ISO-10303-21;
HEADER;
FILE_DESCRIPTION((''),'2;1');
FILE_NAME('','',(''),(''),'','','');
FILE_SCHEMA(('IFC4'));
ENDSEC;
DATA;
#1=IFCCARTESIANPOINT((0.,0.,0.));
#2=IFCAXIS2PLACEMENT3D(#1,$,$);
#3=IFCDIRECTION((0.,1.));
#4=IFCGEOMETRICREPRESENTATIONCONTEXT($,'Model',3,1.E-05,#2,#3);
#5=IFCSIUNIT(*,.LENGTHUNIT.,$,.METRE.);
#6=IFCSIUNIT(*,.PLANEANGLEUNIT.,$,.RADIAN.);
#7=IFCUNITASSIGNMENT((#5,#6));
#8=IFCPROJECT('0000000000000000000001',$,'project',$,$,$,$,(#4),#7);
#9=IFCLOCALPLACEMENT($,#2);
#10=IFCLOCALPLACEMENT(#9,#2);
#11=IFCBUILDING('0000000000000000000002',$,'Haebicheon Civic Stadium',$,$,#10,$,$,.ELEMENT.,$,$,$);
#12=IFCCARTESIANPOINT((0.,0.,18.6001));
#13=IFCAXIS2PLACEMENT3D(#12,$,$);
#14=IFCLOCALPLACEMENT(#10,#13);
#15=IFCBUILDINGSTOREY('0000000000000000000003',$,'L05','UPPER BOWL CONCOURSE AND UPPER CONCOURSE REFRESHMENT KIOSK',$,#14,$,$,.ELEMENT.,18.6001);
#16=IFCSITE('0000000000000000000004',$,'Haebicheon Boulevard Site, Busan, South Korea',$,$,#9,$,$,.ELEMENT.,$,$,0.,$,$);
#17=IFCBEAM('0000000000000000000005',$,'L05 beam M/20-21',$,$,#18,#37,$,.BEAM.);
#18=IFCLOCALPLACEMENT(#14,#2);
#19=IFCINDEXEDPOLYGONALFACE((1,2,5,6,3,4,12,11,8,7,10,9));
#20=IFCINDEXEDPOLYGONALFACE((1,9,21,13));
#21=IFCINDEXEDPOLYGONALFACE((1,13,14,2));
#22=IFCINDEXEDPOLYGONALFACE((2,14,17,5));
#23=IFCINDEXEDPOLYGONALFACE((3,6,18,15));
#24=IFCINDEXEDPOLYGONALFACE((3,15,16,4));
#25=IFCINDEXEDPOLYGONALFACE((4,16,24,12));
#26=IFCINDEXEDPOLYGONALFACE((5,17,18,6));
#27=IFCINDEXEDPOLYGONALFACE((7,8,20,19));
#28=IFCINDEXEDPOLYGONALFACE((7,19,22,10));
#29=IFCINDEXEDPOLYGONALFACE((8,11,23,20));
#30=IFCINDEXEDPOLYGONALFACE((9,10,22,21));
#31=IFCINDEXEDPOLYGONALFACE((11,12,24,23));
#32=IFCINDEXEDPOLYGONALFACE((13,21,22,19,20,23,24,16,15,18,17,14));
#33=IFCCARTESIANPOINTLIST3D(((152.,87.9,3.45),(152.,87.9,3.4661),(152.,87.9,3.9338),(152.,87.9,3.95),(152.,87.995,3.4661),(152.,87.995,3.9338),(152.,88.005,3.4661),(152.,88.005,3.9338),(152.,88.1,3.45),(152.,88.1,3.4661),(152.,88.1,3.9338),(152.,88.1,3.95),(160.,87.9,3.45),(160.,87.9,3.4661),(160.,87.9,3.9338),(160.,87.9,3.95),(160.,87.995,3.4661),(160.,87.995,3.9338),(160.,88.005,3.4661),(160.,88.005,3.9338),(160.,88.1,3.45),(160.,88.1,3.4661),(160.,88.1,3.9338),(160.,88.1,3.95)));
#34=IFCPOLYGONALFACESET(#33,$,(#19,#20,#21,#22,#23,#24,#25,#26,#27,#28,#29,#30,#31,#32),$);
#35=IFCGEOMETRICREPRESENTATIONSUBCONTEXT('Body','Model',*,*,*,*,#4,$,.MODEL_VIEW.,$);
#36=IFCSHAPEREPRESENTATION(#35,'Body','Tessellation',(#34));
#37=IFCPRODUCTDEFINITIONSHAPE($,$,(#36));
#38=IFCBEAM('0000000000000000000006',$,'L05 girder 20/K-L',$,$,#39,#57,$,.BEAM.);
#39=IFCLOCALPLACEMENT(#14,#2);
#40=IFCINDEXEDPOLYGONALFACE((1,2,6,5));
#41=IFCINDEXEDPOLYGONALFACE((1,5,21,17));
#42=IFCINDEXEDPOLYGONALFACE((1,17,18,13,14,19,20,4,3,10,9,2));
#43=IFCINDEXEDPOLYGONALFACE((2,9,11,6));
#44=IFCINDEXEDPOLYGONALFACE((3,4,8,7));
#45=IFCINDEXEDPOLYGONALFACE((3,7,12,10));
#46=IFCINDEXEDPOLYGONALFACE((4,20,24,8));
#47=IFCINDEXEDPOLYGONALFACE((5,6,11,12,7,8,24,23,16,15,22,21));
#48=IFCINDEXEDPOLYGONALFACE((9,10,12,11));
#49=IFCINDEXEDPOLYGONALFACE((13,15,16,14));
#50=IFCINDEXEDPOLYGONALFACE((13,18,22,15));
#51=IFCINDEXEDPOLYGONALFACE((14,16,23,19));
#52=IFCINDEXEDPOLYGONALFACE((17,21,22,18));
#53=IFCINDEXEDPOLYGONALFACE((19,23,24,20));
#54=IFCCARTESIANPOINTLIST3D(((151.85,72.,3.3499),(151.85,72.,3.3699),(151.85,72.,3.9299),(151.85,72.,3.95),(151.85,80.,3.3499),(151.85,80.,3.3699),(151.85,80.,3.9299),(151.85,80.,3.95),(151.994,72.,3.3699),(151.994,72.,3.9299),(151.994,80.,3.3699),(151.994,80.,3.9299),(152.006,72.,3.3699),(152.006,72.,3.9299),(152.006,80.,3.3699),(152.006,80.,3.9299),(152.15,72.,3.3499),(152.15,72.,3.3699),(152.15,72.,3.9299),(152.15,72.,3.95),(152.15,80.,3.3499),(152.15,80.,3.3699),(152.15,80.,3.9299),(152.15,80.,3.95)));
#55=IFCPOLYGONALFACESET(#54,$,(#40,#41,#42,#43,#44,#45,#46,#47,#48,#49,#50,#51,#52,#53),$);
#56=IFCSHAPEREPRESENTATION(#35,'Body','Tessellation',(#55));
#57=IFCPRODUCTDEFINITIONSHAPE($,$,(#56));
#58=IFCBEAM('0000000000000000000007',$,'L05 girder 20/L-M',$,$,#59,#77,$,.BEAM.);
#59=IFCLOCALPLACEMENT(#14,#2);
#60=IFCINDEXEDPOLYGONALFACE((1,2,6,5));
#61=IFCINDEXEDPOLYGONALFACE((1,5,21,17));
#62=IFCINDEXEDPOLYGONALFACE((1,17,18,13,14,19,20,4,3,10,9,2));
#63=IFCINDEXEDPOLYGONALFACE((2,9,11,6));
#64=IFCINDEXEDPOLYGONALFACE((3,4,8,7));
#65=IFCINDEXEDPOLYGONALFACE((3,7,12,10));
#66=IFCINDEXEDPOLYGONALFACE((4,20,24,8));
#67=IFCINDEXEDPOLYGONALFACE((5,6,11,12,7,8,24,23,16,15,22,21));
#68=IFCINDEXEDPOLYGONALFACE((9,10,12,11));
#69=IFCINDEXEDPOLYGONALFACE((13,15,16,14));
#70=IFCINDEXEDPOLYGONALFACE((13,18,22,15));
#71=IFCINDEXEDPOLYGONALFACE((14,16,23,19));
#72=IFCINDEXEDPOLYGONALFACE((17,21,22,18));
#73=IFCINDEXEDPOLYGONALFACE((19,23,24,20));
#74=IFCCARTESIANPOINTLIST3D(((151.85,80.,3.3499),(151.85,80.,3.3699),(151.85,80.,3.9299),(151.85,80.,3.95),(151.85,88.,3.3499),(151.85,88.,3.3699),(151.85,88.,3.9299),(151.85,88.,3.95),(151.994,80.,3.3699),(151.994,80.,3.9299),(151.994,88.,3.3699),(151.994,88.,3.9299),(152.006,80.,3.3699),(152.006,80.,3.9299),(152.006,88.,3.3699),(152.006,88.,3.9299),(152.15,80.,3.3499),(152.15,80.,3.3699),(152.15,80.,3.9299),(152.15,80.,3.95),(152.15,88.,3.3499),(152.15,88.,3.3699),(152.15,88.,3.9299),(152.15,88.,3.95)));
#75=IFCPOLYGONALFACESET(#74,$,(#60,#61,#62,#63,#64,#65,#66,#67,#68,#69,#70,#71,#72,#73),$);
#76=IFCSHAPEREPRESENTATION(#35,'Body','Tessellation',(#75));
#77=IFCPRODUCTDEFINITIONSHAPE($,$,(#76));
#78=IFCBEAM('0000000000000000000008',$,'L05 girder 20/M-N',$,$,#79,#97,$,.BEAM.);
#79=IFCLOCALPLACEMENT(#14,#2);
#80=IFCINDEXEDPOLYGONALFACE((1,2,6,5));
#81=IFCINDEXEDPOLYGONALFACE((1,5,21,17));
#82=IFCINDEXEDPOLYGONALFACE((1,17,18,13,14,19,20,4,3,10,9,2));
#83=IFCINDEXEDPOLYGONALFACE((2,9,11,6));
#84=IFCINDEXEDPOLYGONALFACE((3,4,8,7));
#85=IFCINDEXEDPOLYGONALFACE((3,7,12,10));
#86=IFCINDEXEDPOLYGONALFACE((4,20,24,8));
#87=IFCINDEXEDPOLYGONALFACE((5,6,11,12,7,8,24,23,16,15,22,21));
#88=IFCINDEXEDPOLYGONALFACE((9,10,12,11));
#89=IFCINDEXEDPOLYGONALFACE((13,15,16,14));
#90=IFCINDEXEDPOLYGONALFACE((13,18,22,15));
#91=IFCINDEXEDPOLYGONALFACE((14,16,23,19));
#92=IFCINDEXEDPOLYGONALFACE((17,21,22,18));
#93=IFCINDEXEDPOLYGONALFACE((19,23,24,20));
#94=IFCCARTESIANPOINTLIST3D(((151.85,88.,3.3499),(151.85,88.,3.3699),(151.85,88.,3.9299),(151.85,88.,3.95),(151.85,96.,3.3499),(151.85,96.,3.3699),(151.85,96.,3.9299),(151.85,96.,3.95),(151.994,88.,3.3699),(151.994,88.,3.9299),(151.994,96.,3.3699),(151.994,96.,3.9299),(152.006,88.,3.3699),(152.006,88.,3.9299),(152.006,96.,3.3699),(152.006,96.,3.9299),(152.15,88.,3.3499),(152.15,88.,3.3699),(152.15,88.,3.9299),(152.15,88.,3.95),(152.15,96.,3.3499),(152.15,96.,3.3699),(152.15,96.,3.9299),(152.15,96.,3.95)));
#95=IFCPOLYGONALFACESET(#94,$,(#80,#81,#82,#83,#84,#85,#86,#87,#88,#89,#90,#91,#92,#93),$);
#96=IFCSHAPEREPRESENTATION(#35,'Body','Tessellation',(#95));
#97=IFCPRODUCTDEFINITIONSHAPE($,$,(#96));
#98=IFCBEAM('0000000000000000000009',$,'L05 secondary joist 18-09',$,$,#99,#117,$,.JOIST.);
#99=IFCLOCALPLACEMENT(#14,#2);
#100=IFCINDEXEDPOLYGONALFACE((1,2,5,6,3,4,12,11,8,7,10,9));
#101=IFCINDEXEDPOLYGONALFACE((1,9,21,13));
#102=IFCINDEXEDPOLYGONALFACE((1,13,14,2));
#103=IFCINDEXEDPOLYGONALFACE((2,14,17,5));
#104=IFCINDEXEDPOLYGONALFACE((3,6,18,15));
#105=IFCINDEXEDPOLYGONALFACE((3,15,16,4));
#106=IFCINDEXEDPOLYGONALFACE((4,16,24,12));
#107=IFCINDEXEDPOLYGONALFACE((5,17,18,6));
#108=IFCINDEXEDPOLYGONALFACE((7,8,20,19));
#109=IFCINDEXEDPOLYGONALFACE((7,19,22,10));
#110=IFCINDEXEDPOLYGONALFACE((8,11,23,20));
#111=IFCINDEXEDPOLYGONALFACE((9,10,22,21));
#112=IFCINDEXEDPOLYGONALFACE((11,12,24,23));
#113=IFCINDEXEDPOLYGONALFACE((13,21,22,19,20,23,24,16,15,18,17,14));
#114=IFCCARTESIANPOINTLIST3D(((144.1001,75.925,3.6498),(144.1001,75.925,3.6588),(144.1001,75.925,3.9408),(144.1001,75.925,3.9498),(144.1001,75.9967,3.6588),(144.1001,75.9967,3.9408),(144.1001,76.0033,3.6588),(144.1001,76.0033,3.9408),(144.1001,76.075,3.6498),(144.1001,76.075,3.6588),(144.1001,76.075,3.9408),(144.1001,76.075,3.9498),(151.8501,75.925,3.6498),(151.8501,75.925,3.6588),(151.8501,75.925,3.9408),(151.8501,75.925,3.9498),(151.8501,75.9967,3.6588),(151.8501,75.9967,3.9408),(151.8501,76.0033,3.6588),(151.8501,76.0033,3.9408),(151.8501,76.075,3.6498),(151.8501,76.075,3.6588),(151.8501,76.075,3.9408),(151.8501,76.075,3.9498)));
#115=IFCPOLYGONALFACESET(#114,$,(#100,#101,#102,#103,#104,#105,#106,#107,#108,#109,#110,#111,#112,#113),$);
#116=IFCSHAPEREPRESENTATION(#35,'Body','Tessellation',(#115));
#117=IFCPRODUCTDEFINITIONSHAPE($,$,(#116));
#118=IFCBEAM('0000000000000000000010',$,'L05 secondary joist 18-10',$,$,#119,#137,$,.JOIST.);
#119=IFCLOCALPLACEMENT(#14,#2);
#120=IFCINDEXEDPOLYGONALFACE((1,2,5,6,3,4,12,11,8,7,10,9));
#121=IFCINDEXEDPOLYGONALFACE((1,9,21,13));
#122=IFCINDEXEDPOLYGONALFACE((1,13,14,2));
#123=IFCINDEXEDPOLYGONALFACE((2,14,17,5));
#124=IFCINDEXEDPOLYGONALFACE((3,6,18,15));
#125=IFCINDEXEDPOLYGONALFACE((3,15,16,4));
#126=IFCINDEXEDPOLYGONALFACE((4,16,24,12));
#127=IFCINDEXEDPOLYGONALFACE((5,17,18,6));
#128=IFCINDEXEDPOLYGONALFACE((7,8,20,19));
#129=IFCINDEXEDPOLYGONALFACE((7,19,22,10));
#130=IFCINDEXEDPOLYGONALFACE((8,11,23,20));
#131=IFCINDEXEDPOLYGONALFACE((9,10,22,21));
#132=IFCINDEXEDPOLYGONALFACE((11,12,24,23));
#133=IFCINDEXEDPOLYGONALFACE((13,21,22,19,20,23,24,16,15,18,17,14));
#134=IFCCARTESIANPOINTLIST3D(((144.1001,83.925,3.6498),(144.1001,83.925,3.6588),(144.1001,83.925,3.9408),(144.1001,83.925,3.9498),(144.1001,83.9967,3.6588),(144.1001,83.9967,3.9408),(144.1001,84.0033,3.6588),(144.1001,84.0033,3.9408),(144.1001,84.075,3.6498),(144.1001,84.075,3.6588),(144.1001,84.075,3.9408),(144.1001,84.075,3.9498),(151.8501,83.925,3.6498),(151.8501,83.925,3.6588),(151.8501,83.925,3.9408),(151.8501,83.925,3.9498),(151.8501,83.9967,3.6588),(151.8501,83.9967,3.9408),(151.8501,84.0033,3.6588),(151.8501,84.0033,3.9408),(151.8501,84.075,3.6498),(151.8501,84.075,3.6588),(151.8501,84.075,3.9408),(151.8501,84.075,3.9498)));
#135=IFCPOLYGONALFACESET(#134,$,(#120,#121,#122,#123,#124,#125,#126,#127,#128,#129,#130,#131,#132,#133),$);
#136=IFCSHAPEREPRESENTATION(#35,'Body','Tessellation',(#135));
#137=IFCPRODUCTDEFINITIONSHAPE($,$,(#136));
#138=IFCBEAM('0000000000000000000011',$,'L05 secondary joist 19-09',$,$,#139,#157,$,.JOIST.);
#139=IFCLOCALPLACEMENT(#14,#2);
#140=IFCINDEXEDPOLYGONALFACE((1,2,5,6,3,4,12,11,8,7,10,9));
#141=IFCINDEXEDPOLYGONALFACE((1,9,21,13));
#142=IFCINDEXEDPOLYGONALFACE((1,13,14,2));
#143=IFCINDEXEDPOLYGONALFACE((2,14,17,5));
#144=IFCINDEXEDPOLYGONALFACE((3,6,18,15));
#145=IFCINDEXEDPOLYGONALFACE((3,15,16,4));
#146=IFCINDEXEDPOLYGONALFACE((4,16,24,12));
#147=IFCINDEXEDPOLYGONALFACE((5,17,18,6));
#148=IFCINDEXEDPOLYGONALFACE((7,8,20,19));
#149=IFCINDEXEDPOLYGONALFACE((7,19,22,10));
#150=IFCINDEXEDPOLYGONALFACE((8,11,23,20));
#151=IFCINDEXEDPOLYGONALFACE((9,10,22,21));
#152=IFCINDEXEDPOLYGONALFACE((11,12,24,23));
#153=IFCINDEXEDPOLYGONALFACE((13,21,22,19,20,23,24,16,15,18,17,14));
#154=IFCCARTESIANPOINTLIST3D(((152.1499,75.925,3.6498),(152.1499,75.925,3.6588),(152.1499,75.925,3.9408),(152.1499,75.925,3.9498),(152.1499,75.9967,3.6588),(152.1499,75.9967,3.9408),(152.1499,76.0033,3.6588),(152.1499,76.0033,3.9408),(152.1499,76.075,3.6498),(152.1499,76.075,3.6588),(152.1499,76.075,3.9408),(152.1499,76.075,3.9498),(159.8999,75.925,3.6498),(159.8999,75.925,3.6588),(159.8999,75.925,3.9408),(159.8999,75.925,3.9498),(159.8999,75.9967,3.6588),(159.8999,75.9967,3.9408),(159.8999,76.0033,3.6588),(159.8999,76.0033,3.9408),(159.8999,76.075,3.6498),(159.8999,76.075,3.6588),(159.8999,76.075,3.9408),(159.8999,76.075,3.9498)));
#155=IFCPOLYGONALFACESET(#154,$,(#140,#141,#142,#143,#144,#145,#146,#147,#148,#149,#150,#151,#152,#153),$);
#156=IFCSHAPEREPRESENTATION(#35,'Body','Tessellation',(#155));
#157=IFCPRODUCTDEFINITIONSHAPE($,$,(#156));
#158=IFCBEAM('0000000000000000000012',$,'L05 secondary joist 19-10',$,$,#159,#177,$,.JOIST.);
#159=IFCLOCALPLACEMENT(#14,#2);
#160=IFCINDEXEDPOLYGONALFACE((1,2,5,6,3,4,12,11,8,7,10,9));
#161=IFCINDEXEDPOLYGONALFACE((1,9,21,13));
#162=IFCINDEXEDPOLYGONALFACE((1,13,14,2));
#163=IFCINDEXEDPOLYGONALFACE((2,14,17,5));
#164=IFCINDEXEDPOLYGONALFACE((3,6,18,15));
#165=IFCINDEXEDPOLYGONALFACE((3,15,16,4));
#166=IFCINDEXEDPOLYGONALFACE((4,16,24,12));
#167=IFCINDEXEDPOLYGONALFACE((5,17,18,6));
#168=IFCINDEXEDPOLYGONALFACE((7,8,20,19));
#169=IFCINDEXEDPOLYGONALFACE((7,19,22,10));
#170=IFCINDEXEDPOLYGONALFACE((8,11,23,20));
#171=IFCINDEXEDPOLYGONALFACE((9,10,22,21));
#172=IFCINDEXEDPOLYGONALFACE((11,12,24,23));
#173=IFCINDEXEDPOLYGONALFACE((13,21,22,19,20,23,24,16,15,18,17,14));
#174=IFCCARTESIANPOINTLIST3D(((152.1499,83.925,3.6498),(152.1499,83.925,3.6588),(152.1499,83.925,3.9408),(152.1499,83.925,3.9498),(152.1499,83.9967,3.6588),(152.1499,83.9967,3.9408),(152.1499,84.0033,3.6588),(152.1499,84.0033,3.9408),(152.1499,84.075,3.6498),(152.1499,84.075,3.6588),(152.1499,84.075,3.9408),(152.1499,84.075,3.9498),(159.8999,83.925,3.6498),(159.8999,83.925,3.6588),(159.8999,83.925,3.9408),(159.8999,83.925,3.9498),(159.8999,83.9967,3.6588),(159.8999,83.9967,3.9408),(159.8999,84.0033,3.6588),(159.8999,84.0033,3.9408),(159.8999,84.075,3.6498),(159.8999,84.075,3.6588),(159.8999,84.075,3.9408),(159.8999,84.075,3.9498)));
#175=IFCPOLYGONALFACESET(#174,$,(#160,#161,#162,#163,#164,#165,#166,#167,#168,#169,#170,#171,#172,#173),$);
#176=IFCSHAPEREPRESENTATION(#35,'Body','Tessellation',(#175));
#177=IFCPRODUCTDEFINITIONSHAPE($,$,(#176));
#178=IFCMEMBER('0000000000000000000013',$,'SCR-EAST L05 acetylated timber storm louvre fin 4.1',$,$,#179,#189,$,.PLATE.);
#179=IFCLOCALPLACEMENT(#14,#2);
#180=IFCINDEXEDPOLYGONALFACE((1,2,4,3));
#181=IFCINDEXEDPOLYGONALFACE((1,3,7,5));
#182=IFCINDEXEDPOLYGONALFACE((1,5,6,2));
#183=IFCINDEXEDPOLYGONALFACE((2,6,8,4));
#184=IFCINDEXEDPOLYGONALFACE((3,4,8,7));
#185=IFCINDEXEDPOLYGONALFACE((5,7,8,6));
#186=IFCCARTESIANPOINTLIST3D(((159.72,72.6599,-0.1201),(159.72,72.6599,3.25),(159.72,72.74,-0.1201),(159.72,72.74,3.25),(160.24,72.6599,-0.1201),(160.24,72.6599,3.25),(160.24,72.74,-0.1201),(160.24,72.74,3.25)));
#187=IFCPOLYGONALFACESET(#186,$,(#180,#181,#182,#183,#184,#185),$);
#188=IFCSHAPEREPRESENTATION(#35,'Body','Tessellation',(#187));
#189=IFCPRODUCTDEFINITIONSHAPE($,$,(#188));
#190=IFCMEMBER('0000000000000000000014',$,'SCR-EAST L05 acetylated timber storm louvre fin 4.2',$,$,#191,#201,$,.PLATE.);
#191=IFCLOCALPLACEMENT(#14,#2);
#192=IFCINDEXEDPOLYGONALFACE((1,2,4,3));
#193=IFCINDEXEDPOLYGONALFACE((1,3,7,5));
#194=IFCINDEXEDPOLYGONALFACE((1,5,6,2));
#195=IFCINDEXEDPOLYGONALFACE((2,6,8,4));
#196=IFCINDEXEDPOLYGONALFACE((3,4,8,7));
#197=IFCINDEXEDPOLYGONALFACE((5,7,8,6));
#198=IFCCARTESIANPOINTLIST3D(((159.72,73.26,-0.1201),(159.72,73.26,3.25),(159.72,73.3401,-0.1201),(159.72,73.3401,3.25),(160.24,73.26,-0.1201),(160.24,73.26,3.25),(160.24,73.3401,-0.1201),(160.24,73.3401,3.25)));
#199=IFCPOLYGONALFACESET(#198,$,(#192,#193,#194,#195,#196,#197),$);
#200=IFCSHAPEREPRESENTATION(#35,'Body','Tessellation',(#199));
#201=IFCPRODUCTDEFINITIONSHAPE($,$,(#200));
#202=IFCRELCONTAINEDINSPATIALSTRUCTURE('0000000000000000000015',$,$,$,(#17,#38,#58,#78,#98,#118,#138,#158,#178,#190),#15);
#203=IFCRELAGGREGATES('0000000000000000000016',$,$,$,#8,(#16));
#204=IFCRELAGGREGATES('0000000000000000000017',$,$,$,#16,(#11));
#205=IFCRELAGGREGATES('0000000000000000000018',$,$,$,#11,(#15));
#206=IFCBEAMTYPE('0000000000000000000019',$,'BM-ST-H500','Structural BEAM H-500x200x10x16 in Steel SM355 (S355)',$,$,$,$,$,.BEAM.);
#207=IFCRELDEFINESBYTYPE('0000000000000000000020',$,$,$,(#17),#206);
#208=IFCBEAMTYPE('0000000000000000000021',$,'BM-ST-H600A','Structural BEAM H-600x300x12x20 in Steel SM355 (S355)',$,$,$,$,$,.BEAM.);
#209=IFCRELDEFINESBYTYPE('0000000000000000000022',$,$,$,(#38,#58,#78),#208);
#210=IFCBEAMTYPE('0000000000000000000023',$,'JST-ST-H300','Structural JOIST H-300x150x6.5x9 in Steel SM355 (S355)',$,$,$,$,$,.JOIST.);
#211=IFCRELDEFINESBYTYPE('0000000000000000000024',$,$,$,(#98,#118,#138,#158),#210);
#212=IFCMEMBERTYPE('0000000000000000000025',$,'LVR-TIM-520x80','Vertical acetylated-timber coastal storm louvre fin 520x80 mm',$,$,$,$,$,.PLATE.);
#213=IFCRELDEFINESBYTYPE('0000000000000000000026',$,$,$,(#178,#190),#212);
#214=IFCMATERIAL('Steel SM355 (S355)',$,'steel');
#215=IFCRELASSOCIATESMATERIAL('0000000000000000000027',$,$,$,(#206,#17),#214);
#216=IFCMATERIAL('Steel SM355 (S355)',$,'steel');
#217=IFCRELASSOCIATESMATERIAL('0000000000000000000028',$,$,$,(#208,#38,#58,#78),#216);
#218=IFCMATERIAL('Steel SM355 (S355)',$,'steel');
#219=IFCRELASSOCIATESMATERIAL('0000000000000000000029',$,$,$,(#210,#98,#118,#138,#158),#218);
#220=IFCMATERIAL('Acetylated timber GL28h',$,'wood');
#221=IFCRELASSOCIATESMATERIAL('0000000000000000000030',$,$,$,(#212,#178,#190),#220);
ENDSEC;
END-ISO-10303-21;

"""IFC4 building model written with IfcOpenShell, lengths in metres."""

from ifc_helpers import new_model, si_unit, direction, frame, origin, origin_2d, place, context, subcontext, project, spatial, rectangle, i_section, extrude, material, material_profile, profile_set, type_object, element, save


model = new_model("IFC4")

# Units and contexts
model_context = context("Model", 3, precision=1e-05, world=origin(), true_north=direction((0.0, 1.0)))
body_context = subcontext(model_context, "Body", "Model", "MODEL_VIEW")
ifc_project = project(units=[si_unit("LENGTHUNIT", "METRE"), si_unit("PLANEANGLEUNIT", "RADIAN")], contexts=[model_context])

# Site, building, storey
site_placement = place(None, origin())
site = spatial("IfcSite", under=ifc_project, at=site_placement, Name="Haebicheon Boulevard Site, Busan, South Korea", CompositionType="ELEMENT", RefElevation=0.0)
building_placement = place(site_placement, origin())
building = spatial("IfcBuilding", under=site, at=building_placement, Name="Haebicheon Civic Stadium", CompositionType="ELEMENT")
storey_placement = place(building_placement, frame((0.0, 0.0, 18.6001)))
storey = spatial("IfcBuildingStorey", under=building, at=storey_placement, Name="L05", Description="UPPER BOWL CONCOURSE AND UPPER CONCOURSE REFRESHMENT KIOSK", CompositionType="ELEMENT", Elevation=18.6001)

# Beams
ifc_material_1 = material(Name="Steel SM355 (S355)", Category="steel")
ifc_material_profile_1 = material_profile(ifc_material_1, i_section(OverallWidth=0.2, OverallDepth=0.5, WebThickness=0.01, FlangeThickness=0.0161, at=origin_2d()), Name="H-500x200x10x16")
ifc_profile_set_1 = profile_set([ifc_material_profile_1], Name="Steel SM355 (S355)")
beam_type_1 = type_object("IfcBeamType", Name="BM-ST-H500", Description="Structural BEAM H-500x200x10x16 in Steel SM355 (S355)", PredefinedType="BEAM", material=ifc_profile_set_1)
for number, where, z_axis, x_axis, name in (
    (1, (152.0, 88.0, 3.7), (1.0, 0.0, 0.0), (0.0, 1.0, 0.0), "L05 beam M/20-21"),
):
    element("IfcBeam", number, at=place(storey_placement, frame(where, z_axis=z_axis, x_axis=x_axis)), inside=storey, type_object=beam_type_1, material=ifc_profile_set_1, Name=name, PredefinedType="BEAM", context=body_context, shape_type="SweptSolid", body=[
        extrude(i_section(OverallWidth=0.2, OverallDepth=0.5, WebThickness=0.01, FlangeThickness=0.0161, at=origin_2d()), origin(), (0.0, 0.0, 1.0), 8.0),
    ])
ifc_material_2 = material(Name="Steel SM355 (S355)", Category="steel")
ifc_material_profile_2 = material_profile(ifc_material_2, i_section(OverallWidth=0.3, OverallDepth=0.6001, WebThickness=0.012, FlangeThickness=0.02, at=origin_2d()), Name="H-600x300x12x20")
ifc_profile_set_2 = profile_set([ifc_material_profile_2], Name="Steel SM355 (S355)")
beam_type_2 = type_object("IfcBeamType", Name="BM-ST-H600A", Description="Structural BEAM H-600x300x12x20 in Steel SM355 (S355)", PredefinedType="BEAM", material=ifc_profile_set_2)
for number, where, z_axis, x_axis, name in (
    (2, (152.0, 72.0, 3.6499), (0.0, 1.0, 0.0), (-1.0, 0.0, 0.0), "L05 girder 20/K-L"),
    (3, (152.0, 80.0, 3.6499), (0.0, 1.0, 0.0), (-1.0, 0.0, 0.0), "L05 girder 20/L-M"),
    (4, (152.0, 88.0, 3.6499), (0.0, 1.0, 0.0), (-1.0, 0.0, 0.0), "L05 girder 20/M-N"),
):
    element("IfcBeam", number, at=place(storey_placement, frame(where, z_axis=z_axis, x_axis=x_axis)), inside=storey, type_object=beam_type_2, material=ifc_profile_set_2, Name=name, PredefinedType="BEAM", context=body_context, shape_type="SweptSolid", body=[
        extrude(i_section(OverallWidth=0.3, OverallDepth=0.6001, WebThickness=0.012, FlangeThickness=0.02, at=origin_2d()), origin(), (0.0, 0.0, 1.0), 8.0),
    ])
ifc_material_3 = material(Name="Steel SM355 (S355)", Category="steel")
ifc_material_profile_3 = material_profile(ifc_material_3, i_section(OverallWidth=0.1499, OverallDepth=0.3, WebThickness=0.0066, FlangeThickness=0.009, at=origin_2d()), Name="H-300x150x6.5x9")
ifc_profile_set_3 = profile_set([ifc_material_profile_3], Name="Steel SM355 (S355)")
beam_type_3 = type_object("IfcBeamType", Name="JST-ST-H300", Description="Structural JOIST H-300x150x6.5x9 in Steel SM355 (S355)", PredefinedType="JOIST", material=ifc_profile_set_3)
for number, where, z_axis, x_axis, name in (
    (5, (144.1001, 76.0, 3.7998), (1.0, 0.0, 0.0), (0.0, 1.0, 0.0), "L05 secondary joist 18-09"),
    (6, (144.1001, 84.0, 3.7998), (1.0, 0.0, 0.0), (0.0, 1.0, 0.0), "L05 secondary joist 18-10"),
    (7, (152.1499, 76.0, 3.7998), (1.0, 0.0, 0.0), (0.0, 1.0, 0.0), "L05 secondary joist 19-09"),
    (8, (152.1499, 84.0, 3.7998), (1.0, 0.0, 0.0), (0.0, 1.0, 0.0), "L05 secondary joist 19-10"),
):
    element("IfcBeam", number, at=place(storey_placement, frame(where, z_axis=z_axis, x_axis=x_axis)), inside=storey, type_object=beam_type_3, material=ifc_profile_set_3, Name=name, PredefinedType="JOIST", context=body_context, shape_type="SweptSolid", body=[
        extrude(i_section(OverallWidth=0.1499, OverallDepth=0.3, WebThickness=0.0066, FlangeThickness=0.009, at=origin_2d()), origin(), (0.0, 0.0, 1.0), 7.75),
    ])

# Members
ifc_material_4 = material(Name="Acetylated timber GL28h", Category="wood")
ifc_material_profile_4 = material_profile(ifc_material_4, rectangle(XDim=0.0801, YDim=0.52, at=origin_2d()), Name="TMB-LOUV-80x520")
ifc_profile_set_4 = profile_set([ifc_material_profile_4], Name="Acetylated timber GL28h")
member_type = type_object("IfcMemberType", Name="LVR-TIM-520x80", Description="Vertical acetylated-timber coastal storm louvre fin 520x80 mm", PredefinedType="PLATE", material=ifc_profile_set_4)
for number, where, z_axis, x_axis, name in (
    (9, (159.98, 72.7, -0.1201), (0.0, 0.0, 1.0), (0.0, 1.0, 0.0), "SCR-EAST L05 acetylated timber storm louvre fin 4.1"),
    (10, (159.98, 73.3, -0.1201), (0.0, 0.0, 1.0), (0.0, 1.0, 0.0), "SCR-EAST L05 acetylated timber storm louvre fin 4.2"),
):
    element("IfcMember", number, at=place(storey_placement, frame(where, z_axis=z_axis, x_axis=x_axis)), inside=storey, type_object=member_type, material=ifc_profile_set_4, Name=name, PredefinedType="PLATE", context=body_context, shape_type="SweptSolid", body=[
        extrude(rectangle(XDim=0.0801, YDim=0.52, at=origin_2d()), origin(), (0.0, 0.0, 1.0), 3.3701),
    ])

save(model, "model.ifc")
